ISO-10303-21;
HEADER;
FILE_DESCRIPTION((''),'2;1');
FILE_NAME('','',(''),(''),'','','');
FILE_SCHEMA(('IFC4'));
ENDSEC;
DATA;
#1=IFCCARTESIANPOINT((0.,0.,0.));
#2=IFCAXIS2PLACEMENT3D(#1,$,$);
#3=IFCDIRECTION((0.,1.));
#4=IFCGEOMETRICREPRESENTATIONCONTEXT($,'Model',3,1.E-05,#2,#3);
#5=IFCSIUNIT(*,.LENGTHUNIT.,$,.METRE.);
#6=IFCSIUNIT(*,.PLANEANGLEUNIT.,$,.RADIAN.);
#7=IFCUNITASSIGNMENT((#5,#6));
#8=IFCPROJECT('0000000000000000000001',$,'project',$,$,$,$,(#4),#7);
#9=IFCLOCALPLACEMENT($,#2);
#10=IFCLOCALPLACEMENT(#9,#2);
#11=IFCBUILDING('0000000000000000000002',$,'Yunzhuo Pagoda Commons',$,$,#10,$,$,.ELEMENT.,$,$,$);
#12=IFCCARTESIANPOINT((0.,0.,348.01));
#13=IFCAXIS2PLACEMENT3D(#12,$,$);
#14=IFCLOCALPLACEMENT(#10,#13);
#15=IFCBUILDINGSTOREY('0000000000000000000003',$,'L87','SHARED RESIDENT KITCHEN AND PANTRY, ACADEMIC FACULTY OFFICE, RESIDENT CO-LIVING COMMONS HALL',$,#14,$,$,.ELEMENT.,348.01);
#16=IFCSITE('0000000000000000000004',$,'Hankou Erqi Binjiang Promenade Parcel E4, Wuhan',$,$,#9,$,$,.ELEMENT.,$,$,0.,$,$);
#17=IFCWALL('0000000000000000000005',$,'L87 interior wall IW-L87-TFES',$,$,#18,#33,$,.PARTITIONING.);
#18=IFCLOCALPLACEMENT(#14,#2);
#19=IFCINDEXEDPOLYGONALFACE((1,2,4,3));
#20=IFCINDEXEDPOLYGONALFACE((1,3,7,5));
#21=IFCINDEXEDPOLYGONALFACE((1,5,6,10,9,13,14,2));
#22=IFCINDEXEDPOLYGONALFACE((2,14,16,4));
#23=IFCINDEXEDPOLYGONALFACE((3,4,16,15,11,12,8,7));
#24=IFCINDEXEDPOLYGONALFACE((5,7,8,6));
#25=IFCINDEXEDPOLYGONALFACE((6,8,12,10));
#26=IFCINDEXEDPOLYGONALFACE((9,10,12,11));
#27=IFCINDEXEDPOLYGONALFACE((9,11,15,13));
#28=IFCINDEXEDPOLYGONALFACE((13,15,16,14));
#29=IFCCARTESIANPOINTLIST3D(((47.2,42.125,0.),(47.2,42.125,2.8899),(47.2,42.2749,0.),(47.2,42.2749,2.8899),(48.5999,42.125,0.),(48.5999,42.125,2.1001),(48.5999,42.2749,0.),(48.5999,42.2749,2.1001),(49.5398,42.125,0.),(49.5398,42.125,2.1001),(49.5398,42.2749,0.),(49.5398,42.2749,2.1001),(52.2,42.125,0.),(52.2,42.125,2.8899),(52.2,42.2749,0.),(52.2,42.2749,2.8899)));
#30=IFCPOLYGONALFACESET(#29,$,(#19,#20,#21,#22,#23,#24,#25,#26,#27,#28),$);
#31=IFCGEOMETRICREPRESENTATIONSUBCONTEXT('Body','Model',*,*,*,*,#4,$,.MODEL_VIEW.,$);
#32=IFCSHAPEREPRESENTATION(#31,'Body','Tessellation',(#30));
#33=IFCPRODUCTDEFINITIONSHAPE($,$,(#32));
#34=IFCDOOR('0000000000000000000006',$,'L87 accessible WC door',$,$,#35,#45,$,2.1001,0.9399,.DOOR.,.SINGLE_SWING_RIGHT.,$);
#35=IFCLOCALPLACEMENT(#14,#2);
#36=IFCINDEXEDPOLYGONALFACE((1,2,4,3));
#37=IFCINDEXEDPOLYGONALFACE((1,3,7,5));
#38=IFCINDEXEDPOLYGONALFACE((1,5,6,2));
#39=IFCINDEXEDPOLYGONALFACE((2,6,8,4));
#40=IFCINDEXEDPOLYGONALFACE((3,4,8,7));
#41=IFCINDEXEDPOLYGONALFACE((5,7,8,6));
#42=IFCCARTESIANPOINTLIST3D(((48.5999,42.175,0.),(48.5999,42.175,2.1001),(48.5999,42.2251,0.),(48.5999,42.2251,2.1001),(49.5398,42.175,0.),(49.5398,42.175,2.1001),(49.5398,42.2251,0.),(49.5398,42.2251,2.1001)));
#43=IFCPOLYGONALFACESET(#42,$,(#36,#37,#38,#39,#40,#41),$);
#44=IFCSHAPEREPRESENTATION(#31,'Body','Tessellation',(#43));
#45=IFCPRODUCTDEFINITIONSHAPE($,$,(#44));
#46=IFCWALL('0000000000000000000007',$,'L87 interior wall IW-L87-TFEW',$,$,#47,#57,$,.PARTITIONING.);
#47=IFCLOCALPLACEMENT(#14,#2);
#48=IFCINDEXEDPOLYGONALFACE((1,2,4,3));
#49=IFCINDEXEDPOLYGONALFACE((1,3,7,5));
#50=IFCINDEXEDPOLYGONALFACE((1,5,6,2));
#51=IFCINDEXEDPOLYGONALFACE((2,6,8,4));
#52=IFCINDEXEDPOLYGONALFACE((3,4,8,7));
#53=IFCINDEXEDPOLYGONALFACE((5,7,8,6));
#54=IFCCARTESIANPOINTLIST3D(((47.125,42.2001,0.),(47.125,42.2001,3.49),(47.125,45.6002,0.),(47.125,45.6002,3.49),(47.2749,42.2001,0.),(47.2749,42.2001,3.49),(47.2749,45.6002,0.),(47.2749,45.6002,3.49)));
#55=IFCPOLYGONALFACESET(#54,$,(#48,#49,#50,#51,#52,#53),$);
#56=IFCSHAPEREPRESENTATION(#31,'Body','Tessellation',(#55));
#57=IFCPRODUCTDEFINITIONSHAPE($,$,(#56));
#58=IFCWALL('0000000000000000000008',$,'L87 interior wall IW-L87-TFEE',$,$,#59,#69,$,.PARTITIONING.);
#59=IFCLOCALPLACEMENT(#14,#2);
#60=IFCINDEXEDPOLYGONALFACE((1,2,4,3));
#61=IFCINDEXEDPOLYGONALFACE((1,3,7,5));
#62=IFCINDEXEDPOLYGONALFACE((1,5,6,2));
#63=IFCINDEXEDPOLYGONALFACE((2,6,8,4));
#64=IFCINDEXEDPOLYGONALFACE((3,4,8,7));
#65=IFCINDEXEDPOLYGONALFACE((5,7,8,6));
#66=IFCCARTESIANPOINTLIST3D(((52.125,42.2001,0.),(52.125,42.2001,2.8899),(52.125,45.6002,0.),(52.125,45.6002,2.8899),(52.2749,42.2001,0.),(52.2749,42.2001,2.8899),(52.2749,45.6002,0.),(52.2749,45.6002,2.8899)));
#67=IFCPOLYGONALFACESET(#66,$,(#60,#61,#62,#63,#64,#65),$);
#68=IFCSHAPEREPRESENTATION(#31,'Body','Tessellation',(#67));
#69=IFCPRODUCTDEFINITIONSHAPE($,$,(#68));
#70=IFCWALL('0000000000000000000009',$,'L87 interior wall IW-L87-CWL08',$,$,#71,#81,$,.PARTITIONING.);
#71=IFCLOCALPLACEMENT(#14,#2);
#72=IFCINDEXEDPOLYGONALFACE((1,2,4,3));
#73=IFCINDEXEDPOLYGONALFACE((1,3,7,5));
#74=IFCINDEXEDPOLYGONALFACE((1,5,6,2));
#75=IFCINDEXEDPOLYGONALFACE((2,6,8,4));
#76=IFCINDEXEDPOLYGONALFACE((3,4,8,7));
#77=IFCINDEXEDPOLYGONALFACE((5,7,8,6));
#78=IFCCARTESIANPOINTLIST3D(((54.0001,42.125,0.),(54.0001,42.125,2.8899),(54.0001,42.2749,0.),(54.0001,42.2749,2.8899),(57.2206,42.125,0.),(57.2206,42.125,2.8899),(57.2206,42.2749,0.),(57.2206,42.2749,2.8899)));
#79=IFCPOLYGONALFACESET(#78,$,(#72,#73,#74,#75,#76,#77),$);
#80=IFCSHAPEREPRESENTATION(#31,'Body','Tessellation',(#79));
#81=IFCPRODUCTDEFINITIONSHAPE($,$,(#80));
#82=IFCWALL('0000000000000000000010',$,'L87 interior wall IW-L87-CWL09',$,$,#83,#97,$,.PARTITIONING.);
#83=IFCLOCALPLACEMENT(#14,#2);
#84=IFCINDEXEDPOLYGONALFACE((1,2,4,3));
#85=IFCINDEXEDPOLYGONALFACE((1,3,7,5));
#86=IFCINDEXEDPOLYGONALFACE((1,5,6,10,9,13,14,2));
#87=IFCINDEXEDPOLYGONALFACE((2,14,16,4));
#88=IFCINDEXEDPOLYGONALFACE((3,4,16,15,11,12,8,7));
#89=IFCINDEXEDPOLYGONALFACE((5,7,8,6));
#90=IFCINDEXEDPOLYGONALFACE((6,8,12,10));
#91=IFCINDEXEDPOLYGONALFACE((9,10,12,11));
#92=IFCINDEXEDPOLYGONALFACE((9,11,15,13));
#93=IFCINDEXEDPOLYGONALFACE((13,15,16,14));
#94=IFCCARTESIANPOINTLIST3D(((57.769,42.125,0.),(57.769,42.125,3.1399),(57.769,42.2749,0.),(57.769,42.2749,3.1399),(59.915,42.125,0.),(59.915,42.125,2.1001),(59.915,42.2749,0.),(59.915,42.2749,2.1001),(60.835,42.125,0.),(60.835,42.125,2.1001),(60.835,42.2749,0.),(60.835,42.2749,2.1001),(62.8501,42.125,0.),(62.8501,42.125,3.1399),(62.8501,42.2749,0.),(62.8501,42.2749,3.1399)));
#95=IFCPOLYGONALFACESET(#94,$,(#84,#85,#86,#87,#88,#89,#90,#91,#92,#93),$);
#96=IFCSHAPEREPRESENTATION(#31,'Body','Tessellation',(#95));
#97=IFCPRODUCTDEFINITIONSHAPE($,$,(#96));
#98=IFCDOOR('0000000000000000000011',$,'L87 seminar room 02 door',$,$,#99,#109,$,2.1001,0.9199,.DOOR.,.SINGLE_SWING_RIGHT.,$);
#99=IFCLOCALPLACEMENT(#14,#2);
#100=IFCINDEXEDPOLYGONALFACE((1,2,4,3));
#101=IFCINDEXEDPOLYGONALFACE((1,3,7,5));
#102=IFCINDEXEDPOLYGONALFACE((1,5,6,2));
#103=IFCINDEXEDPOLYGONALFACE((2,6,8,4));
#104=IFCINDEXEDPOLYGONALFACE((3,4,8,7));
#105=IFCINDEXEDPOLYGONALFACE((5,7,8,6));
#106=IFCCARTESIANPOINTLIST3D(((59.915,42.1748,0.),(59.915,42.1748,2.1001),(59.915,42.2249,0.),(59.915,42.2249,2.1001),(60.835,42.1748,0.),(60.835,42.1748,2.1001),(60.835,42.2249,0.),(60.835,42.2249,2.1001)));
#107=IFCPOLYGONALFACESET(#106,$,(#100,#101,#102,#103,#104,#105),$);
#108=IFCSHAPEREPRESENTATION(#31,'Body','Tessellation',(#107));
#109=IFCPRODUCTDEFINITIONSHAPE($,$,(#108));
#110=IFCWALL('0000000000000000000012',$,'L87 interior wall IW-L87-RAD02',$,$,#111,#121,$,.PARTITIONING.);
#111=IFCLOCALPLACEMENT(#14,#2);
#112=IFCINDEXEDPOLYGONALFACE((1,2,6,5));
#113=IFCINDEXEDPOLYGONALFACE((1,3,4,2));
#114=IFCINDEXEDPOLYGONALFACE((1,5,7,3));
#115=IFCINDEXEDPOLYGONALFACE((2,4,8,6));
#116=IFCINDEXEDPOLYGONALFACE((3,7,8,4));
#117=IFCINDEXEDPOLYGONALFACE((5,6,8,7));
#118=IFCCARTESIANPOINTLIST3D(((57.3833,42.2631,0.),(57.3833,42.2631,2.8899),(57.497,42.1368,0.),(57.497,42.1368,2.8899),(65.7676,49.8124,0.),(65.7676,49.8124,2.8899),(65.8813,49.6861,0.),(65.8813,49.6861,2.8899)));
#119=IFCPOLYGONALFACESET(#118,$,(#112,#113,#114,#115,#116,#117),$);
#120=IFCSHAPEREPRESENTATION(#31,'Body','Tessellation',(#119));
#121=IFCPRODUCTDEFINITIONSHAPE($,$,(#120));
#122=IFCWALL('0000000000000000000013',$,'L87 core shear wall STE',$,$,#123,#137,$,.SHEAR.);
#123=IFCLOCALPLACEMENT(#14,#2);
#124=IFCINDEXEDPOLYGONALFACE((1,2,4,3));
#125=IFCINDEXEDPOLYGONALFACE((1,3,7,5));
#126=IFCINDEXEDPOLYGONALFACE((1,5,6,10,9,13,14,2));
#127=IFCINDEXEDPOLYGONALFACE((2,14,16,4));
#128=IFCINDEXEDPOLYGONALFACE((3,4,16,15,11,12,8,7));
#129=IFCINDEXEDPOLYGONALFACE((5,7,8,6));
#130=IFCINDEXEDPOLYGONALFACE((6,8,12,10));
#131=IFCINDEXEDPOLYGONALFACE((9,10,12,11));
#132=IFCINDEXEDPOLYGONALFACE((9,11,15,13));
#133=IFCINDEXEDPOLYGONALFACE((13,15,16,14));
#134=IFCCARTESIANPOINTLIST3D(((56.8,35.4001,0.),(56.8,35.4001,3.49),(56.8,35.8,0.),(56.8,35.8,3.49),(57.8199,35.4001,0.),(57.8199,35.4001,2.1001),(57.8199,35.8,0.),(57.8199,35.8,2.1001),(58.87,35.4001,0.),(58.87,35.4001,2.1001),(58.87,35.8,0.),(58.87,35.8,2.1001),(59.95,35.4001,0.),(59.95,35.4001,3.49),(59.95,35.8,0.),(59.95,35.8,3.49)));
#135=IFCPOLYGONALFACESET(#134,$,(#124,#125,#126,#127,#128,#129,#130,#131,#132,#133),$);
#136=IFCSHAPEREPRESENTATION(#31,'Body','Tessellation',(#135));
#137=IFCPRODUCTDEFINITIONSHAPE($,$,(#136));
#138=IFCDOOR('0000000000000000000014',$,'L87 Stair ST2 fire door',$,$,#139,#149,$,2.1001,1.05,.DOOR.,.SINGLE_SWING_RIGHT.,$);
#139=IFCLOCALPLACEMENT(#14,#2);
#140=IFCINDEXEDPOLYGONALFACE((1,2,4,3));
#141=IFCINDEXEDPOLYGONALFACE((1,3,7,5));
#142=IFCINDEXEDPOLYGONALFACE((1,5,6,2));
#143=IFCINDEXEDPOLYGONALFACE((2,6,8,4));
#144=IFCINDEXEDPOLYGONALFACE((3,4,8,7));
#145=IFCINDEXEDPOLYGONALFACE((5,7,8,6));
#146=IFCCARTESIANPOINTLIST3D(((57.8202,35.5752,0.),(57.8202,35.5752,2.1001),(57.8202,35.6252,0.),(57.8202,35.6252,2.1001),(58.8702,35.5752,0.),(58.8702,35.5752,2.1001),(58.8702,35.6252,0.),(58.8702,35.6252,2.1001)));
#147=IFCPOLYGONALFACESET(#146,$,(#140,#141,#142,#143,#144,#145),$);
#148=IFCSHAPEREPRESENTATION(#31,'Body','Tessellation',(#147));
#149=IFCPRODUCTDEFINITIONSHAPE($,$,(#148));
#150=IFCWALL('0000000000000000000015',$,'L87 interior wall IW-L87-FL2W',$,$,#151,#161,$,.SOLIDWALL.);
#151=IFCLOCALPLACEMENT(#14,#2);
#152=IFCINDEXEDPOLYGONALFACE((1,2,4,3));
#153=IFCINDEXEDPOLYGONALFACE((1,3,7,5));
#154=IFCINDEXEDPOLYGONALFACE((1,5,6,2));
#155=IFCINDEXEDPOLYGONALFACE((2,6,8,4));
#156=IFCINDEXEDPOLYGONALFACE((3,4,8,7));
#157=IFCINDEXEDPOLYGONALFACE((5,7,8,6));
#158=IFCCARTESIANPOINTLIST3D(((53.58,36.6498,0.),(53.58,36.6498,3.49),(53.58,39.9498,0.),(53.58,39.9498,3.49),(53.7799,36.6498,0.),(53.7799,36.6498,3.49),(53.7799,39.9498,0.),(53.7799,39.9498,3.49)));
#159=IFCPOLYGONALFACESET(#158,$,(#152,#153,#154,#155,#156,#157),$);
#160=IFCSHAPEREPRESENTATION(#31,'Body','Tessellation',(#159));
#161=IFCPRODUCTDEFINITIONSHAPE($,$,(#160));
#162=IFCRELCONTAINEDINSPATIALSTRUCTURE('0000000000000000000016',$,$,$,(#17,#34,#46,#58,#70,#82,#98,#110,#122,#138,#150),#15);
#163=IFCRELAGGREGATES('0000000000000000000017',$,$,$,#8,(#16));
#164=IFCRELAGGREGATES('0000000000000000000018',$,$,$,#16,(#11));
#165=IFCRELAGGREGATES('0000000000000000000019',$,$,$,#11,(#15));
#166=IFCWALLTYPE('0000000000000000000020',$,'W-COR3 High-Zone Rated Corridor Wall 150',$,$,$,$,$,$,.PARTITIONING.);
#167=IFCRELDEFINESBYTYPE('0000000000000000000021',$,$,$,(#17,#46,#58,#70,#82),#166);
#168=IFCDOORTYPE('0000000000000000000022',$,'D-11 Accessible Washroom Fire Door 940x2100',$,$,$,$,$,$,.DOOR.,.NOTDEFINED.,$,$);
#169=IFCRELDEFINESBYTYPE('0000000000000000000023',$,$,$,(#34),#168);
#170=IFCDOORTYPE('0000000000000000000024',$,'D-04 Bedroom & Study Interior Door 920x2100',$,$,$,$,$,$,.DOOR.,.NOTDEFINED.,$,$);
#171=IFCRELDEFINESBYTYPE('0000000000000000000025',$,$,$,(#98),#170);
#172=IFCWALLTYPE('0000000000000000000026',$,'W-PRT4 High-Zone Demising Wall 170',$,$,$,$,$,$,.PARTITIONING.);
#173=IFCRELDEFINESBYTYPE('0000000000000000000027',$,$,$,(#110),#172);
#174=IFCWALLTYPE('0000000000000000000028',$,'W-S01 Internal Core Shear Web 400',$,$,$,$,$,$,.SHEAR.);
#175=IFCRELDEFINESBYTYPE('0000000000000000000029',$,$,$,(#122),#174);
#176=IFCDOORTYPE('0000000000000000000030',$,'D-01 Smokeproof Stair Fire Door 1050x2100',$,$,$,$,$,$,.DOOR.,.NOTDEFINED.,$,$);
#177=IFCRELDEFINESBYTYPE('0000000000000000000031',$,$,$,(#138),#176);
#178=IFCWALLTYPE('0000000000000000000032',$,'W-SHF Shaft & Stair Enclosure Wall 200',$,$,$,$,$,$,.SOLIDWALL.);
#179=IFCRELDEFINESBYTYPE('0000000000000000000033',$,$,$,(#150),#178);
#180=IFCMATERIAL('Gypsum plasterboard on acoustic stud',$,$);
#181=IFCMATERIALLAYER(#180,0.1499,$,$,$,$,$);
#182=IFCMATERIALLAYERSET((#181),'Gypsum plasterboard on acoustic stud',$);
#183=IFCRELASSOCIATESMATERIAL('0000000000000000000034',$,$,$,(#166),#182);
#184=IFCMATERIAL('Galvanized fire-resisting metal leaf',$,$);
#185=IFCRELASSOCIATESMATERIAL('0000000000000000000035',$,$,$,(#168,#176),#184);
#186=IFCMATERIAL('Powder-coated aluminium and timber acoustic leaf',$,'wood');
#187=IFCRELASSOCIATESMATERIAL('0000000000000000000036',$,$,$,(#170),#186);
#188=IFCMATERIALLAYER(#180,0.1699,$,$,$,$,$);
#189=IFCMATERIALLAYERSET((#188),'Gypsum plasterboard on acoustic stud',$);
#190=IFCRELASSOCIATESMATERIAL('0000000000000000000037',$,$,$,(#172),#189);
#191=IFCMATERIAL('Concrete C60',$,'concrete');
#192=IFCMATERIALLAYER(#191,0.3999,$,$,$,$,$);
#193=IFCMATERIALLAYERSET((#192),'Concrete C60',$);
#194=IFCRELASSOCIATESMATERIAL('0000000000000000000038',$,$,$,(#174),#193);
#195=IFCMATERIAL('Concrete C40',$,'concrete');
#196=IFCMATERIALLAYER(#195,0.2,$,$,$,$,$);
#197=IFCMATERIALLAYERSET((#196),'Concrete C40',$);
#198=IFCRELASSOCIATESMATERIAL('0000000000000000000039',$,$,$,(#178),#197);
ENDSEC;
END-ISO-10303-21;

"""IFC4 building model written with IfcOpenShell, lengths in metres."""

from ifc_helpers import new_model, si_unit, direction, frame, frame_2d, origin, origin_with_axes, place, context, subcontext, project, spatial, rectangle, extrude, source, transform, mapped, material, layer, layer_set, type_object, element, fill, save


model = new_model("IFC4")

# Units and contexts
model_context = context("Model", 3, precision=1e-05, world=origin(), true_north=direction((0.0, 1.0)))
body_context = subcontext(model_context, "Body", "Model", "MODEL_VIEW")
ifc_project = project(units=[si_unit("LENGTHUNIT", "METRE"), si_unit("PLANEANGLEUNIT", "RADIAN")], contexts=[model_context])

# Site, building, storey
site_placement = place(None, origin())
site = spatial("IfcSite", under=ifc_project, at=site_placement, Name="Hankou Erqi Binjiang Promenade Parcel E4, Wuhan", CompositionType="ELEMENT", RefElevation=0.0)
building_placement = place(site_placement, origin())
building = spatial("IfcBuilding", under=site, at=building_placement, Name="Yunzhuo Pagoda Commons", CompositionType="ELEMENT")
storey_placement = place(building_placement, frame((0.0, 0.0, 348.01)))
storey = spatial("IfcBuildingStorey", under=building, at=storey_placement, Name="L87", Description="SHARED RESIDENT KITCHEN AND PANTRY, ACADEMIC FACULTY OFFICE, RESIDENT CO-LIVING COMMONS HALL", CompositionType="ELEMENT", Elevation=348.01)

# Wall, opening, door
ifc_material_1 = material(Name="Galvanized fire-resisting metal leaf")
shared_shape_1 = source(origin(), body_context, "Body", "SweptSolid", [
    extrude(rectangle(XDim=1.05, YDim=2.1001, at=frame_2d((0.5249, 1.05))), frame((0.0, 0.0249, 0.0), z_axis=(0.0, -1.0, 0.0), x_axis=(1.0, 0.0, 0.0)), (0.0, 0.0, 1.0), 0.05),
])
ifc_material_2 = material(Name="Gypsum plasterboard on acoustic stud")
ifc_layer_1 = layer(ifc_material_2, 0.1499)
ifc_layer_set_1 = layer_set([ifc_layer_1], Name="Gypsum plasterboard on acoustic stud")
wall_type_1 = type_object("IfcWallType", Name="W-COR3 High-Zone Rated Corridor Wall 150", PredefinedType="PARTITIONING", material=ifc_layer_set_1)
wall_1_placement = place(storey_placement, frame((47.2, 42.2, 0.0), z_axis=(0.0, 0.0, 1.0), x_axis=(1.0, 0.0, 0.0)))
wall_1 = element("IfcWall", 1, at=wall_1_placement, inside=storey, type_object=wall_type_1, Name="L87 interior wall IW-L87-TFES", PredefinedType="PARTITIONING", context=body_context, shape_type="SweptSolid", body=[
    extrude(rectangle(XDim=5.0, YDim=0.1499, at=frame_2d((2.5, 0.0))), origin(), (0.0, 0.0, 1.0), 2.8899),
])
opening_1_placement = place(wall_1_placement, frame((1.3999, 0.0, 0.0)))
opening_1 = element("IfcOpeningElement", 2, at=opening_1_placement, cuts=wall_1, PredefinedType="OPENING", context=body_context, shape_type="SweptSolid", body=[
    extrude(rectangle(XDim=0.9399, YDim=2.1001, at=frame_2d((0.47, 1.05))), frame((0.0, 0.085, 0.0), z_axis=(0.0, -1.0, 0.0), x_axis=(1.0, 0.0, 0.0)), (0.0, 0.0, 1.0), 0.1699),
])
door_type_1 = type_object("IfcDoorType", Name="D-11 Accessible Washroom Fire Door 940x2100", OperationType="NOTDEFINED", PredefinedType="DOOR", material=ifc_material_1)
shared_shape_2 = source(origin(), body_context, "Body", "SweptSolid", [
    extrude(rectangle(XDim=0.9399, YDim=2.1001, at=frame_2d((0.47, 1.05))), frame((0.0, 0.0249, 0.0), z_axis=(0.0, -1.0, 0.0), x_axis=(1.0, 0.0, 0.0)), (0.0, 0.0, 1.0), 0.05),
])
door_1_placement = place(opening_1_placement, frame((0.9399, 0.0, 0.0), z_axis=(0.0, 0.0, 1.0), x_axis=(-1.0, 0.0, 0.0)))
door_1 = element("IfcDoor", 3, at=door_1_placement, inside=storey, type_object=door_type_1, Name="L87 accessible WC door", OperationType="SINGLE_SWING_RIGHT", OverallHeight=2.1001, OverallWidth=0.9399, PredefinedType="DOOR", context=body_context, shape_type="MappedRepresentation", body=[
    mapped(shared_shape_2, transform((0.0, 0.0, 0.0), scale=1.0)),
])
fill(opening_1, door_1)

# Walls
wall_2_placement = place(storey_placement, frame((47.2, 42.2, 0.0), z_axis=(0.0, 0.0, 1.0), x_axis=(0.0, 1.0, 0.0)))
element("IfcWall", 4, at=wall_2_placement, inside=storey, type_object=wall_type_1, Name="L87 interior wall IW-L87-TFEW", PredefinedType="PARTITIONING", context=body_context, shape_type="SweptSolid", body=[
    extrude(rectangle(XDim=3.4001, YDim=0.1499, at=frame_2d((1.7002, 0.0))), origin(), (0.0, 0.0, 1.0), 3.49),
])
wall_3_placement = place(storey_placement, frame((52.2, 42.2, 0.0), z_axis=(0.0, 0.0, 1.0), x_axis=(0.0, 1.0, 0.0)))
element("IfcWall", 5, at=wall_3_placement, inside=storey, type_object=wall_type_1, Name="L87 interior wall IW-L87-TFEE", PredefinedType="PARTITIONING", context=body_context, shape_type="SweptSolid", body=[
    extrude(rectangle(XDim=3.4001, YDim=0.1499, at=frame_2d((1.7002, 0.0))), origin(), (0.0, 0.0, 1.0), 2.8899),
])
wall_4_placement = place(storey_placement, frame((54.0, 42.2, 0.0), z_axis=(0.0, 0.0, 1.0), x_axis=(1.0, 0.0, 0.0)))
element("IfcWall", 6, at=wall_4_placement, inside=storey, type_object=wall_type_1, Name="L87 interior wall IW-L87-CWL08", PredefinedType="PARTITIONING", context=body_context, shape_type="SweptSolid", body=[
    extrude(rectangle(XDim=3.2205, YDim=0.1499, at=frame_2d((1.6104, 0.0))), origin(), (0.0, 0.0, 1.0), 2.8899),
])

# Wall, opening, door
wall_5_placement = place(storey_placement, frame((57.769, 42.2, 0.0), z_axis=(0.0, 0.0, 1.0), x_axis=(1.0, 0.0, 0.0)))
wall_5 = element("IfcWall", 7, at=wall_5_placement, inside=storey, type_object=wall_type_1, Name="L87 interior wall IW-L87-CWL09", PredefinedType="PARTITIONING", context=body_context, shape_type="SweptSolid", body=[
    extrude(rectangle(XDim=5.0811, YDim=0.1499, at=frame_2d((2.5405, 0.0))), origin(), (0.0, 0.0, 1.0), 3.1399),
])
opening_2_placement = place(wall_5_placement, frame((2.146, 0.0, 0.0)))
opening_2 = element("IfcOpeningElement", 8, at=opening_2_placement, cuts=wall_5, PredefinedType="OPENING", context=body_context, shape_type="SweptSolid", body=[
    extrude(rectangle(XDim=0.9199, YDim=2.1001, at=frame_2d((0.46, 1.05))), frame((0.0, 0.085, 0.0), z_axis=(0.0, -1.0, 0.0), x_axis=(1.0, 0.0, 0.0)), (0.0, 0.0, 1.0), 0.1699),
])
ifc_material_3 = material(Name="Powder-coated aluminium and timber acoustic leaf", Category="wood")
door_type_2 = type_object("IfcDoorType", Name="D-04 Bedroom & Study Interior Door 920x2100", OperationType="NOTDEFINED", PredefinedType="DOOR", material=ifc_material_3)
shared_shape_3 = source(origin(), body_context, "Body", "SweptSolid", [
    extrude(rectangle(XDim=0.9199, YDim=2.1001, at=frame_2d((0.46, 1.05))), frame((0.0, 0.0249, 0.0), z_axis=(0.0, -1.0, 0.0), x_axis=(1.0, 0.0, 0.0)), (0.0, 0.0, 1.0), 0.05),
])
door_2_placement = place(opening_2_placement, origin_with_axes())
door_2 = element("IfcDoor", 9, at=door_2_placement, inside=storey, type_object=door_type_2, Name="L87 seminar room 02 door", OperationType="SINGLE_SWING_RIGHT", OverallHeight=2.1001, OverallWidth=0.9199, PredefinedType="DOOR", context=body_context, shape_type="MappedRepresentation", body=[
    mapped(shared_shape_3, transform((0.0, 0.0, 0.0), scale=1.0)),
])
fill(opening_2, door_2)

# Wall
ifc_layer_2 = layer(ifc_material_2, 0.1699)
ifc_layer_set_2 = layer_set([ifc_layer_2], Name="Gypsum plasterboard on acoustic stud")
wall_type_2 = type_object("IfcWallType", Name="W-PRT4 High-Zone Demising Wall 170", PredefinedType="PARTITIONING", material=ifc_layer_set_2)
wall_6_placement = place(storey_placement, frame((57.4402, 42.2, 0.0), z_axis=(0.0, 0.0, 1.0), x_axis=(0.743141, 0.669134, 0.0)))
element("IfcWall", 10, at=wall_6_placement, inside=storey, type_object=wall_type_2, Name="L87 interior wall IW-L87-RAD02", PredefinedType="PARTITIONING", context=body_context, shape_type="SweptSolid", body=[
    extrude(rectangle(XDim=11.2822, YDim=0.1699, at=frame_2d((5.6411, 0.0))), origin(), (0.0, 0.0, 1.0), 2.8899),
])

# Wall, opening, door
ifc_material_4 = material(Name="Concrete C60", Category="concrete")
ifc_layer_3 = layer(ifc_material_4, 0.3999)
ifc_layer_set_3 = layer_set([ifc_layer_3], Name="Concrete C60")
wall_type_3 = type_object("IfcWallType", Name="W-S01 Internal Core Shear Web 400", PredefinedType="SHEAR", material=ifc_layer_set_3)
wall_7_placement = place(storey_placement, frame((56.8, 35.6001, 0.0), z_axis=(0.0, 0.0, 1.0), x_axis=(1.0, 0.0, 0.0)))
wall_7 = element("IfcWall", 11, at=wall_7_placement, inside=storey, type_object=wall_type_3, Name="L87 core shear wall STE", PredefinedType="SHEAR", context=body_context, shape_type="SweptSolid", body=[
    extrude(rectangle(XDim=3.1499, YDim=0.3999, at=frame_2d((1.575, 0.0))), origin(), (0.0, 0.0, 1.0), 3.49),
])
opening_3_placement = place(wall_7_placement, frame((1.02, 0.0, 0.0)))
opening_3 = element("IfcOpeningElement", 12, at=opening_3_placement, cuts=wall_7, PredefinedType="OPENING", context=body_context, shape_type="SweptSolid", body=[
    extrude(rectangle(XDim=1.05, YDim=2.1001, at=frame_2d((0.5249, 1.05))), frame((0.0, 0.21, 0.0), z_axis=(0.0, -1.0, 0.0), x_axis=(1.0, 0.0, 0.0)), (0.0, 0.0, 1.0), 0.4199),
])
door_type_3 = type_object("IfcDoorType", Name="D-01 Smokeproof Stair Fire Door 1050x2100", OperationType="NOTDEFINED", PredefinedType="DOOR", material=ifc_material_1)
door_3_placement = place(opening_3_placement, frame((1.05, 0.0, 0.0), z_axis=(0.0, 0.0, 1.0), x_axis=(-1.0, 0.0, 0.0)))
door_3 = element("IfcDoor", 13, at=door_3_placement, inside=storey, type_object=door_type_3, Name="L87 Stair ST2 fire door", OperationType="SINGLE_SWING_RIGHT", OverallHeight=2.1001, OverallWidth=1.05, PredefinedType="DOOR", context=body_context, shape_type="MappedRepresentation", body=[
    mapped(shared_shape_1, transform((0.0, 0.0, 0.0), scale=1.0)),
])
fill(opening_3, door_3)

# Wall
ifc_material_5 = material(Name="Concrete C40", Category="concrete")
ifc_layer_4 = layer(ifc_material_5, 0.2)
ifc_layer_set_4 = layer_set([ifc_layer_4], Name="Concrete C40")
wall_type_4 = type_object("IfcWallType", Name="W-SHF Shaft & Stair Enclosure Wall 200", PredefinedType="SOLIDWALL", material=ifc_layer_set_4)
wall_8_placement = place(storey_placement, frame((53.6799, 36.6499, 0.0), z_axis=(0.0, 0.0, 1.0), x_axis=(0.0, 1.0, 0.0)))
element("IfcWall", 14, at=wall_8_placement, inside=storey, type_object=wall_type_4, Name="L87 interior wall IW-L87-FL2W", PredefinedType="SOLIDWALL", context=body_context, shape_type="SweptSolid", body=[
    extrude(rectangle(XDim=3.3, YDim=0.2, at=frame_2d((1.6499, 0.0))), origin(), (0.0, 0.0, 1.0), 3.49),
])

save(model, "model.ifc")
